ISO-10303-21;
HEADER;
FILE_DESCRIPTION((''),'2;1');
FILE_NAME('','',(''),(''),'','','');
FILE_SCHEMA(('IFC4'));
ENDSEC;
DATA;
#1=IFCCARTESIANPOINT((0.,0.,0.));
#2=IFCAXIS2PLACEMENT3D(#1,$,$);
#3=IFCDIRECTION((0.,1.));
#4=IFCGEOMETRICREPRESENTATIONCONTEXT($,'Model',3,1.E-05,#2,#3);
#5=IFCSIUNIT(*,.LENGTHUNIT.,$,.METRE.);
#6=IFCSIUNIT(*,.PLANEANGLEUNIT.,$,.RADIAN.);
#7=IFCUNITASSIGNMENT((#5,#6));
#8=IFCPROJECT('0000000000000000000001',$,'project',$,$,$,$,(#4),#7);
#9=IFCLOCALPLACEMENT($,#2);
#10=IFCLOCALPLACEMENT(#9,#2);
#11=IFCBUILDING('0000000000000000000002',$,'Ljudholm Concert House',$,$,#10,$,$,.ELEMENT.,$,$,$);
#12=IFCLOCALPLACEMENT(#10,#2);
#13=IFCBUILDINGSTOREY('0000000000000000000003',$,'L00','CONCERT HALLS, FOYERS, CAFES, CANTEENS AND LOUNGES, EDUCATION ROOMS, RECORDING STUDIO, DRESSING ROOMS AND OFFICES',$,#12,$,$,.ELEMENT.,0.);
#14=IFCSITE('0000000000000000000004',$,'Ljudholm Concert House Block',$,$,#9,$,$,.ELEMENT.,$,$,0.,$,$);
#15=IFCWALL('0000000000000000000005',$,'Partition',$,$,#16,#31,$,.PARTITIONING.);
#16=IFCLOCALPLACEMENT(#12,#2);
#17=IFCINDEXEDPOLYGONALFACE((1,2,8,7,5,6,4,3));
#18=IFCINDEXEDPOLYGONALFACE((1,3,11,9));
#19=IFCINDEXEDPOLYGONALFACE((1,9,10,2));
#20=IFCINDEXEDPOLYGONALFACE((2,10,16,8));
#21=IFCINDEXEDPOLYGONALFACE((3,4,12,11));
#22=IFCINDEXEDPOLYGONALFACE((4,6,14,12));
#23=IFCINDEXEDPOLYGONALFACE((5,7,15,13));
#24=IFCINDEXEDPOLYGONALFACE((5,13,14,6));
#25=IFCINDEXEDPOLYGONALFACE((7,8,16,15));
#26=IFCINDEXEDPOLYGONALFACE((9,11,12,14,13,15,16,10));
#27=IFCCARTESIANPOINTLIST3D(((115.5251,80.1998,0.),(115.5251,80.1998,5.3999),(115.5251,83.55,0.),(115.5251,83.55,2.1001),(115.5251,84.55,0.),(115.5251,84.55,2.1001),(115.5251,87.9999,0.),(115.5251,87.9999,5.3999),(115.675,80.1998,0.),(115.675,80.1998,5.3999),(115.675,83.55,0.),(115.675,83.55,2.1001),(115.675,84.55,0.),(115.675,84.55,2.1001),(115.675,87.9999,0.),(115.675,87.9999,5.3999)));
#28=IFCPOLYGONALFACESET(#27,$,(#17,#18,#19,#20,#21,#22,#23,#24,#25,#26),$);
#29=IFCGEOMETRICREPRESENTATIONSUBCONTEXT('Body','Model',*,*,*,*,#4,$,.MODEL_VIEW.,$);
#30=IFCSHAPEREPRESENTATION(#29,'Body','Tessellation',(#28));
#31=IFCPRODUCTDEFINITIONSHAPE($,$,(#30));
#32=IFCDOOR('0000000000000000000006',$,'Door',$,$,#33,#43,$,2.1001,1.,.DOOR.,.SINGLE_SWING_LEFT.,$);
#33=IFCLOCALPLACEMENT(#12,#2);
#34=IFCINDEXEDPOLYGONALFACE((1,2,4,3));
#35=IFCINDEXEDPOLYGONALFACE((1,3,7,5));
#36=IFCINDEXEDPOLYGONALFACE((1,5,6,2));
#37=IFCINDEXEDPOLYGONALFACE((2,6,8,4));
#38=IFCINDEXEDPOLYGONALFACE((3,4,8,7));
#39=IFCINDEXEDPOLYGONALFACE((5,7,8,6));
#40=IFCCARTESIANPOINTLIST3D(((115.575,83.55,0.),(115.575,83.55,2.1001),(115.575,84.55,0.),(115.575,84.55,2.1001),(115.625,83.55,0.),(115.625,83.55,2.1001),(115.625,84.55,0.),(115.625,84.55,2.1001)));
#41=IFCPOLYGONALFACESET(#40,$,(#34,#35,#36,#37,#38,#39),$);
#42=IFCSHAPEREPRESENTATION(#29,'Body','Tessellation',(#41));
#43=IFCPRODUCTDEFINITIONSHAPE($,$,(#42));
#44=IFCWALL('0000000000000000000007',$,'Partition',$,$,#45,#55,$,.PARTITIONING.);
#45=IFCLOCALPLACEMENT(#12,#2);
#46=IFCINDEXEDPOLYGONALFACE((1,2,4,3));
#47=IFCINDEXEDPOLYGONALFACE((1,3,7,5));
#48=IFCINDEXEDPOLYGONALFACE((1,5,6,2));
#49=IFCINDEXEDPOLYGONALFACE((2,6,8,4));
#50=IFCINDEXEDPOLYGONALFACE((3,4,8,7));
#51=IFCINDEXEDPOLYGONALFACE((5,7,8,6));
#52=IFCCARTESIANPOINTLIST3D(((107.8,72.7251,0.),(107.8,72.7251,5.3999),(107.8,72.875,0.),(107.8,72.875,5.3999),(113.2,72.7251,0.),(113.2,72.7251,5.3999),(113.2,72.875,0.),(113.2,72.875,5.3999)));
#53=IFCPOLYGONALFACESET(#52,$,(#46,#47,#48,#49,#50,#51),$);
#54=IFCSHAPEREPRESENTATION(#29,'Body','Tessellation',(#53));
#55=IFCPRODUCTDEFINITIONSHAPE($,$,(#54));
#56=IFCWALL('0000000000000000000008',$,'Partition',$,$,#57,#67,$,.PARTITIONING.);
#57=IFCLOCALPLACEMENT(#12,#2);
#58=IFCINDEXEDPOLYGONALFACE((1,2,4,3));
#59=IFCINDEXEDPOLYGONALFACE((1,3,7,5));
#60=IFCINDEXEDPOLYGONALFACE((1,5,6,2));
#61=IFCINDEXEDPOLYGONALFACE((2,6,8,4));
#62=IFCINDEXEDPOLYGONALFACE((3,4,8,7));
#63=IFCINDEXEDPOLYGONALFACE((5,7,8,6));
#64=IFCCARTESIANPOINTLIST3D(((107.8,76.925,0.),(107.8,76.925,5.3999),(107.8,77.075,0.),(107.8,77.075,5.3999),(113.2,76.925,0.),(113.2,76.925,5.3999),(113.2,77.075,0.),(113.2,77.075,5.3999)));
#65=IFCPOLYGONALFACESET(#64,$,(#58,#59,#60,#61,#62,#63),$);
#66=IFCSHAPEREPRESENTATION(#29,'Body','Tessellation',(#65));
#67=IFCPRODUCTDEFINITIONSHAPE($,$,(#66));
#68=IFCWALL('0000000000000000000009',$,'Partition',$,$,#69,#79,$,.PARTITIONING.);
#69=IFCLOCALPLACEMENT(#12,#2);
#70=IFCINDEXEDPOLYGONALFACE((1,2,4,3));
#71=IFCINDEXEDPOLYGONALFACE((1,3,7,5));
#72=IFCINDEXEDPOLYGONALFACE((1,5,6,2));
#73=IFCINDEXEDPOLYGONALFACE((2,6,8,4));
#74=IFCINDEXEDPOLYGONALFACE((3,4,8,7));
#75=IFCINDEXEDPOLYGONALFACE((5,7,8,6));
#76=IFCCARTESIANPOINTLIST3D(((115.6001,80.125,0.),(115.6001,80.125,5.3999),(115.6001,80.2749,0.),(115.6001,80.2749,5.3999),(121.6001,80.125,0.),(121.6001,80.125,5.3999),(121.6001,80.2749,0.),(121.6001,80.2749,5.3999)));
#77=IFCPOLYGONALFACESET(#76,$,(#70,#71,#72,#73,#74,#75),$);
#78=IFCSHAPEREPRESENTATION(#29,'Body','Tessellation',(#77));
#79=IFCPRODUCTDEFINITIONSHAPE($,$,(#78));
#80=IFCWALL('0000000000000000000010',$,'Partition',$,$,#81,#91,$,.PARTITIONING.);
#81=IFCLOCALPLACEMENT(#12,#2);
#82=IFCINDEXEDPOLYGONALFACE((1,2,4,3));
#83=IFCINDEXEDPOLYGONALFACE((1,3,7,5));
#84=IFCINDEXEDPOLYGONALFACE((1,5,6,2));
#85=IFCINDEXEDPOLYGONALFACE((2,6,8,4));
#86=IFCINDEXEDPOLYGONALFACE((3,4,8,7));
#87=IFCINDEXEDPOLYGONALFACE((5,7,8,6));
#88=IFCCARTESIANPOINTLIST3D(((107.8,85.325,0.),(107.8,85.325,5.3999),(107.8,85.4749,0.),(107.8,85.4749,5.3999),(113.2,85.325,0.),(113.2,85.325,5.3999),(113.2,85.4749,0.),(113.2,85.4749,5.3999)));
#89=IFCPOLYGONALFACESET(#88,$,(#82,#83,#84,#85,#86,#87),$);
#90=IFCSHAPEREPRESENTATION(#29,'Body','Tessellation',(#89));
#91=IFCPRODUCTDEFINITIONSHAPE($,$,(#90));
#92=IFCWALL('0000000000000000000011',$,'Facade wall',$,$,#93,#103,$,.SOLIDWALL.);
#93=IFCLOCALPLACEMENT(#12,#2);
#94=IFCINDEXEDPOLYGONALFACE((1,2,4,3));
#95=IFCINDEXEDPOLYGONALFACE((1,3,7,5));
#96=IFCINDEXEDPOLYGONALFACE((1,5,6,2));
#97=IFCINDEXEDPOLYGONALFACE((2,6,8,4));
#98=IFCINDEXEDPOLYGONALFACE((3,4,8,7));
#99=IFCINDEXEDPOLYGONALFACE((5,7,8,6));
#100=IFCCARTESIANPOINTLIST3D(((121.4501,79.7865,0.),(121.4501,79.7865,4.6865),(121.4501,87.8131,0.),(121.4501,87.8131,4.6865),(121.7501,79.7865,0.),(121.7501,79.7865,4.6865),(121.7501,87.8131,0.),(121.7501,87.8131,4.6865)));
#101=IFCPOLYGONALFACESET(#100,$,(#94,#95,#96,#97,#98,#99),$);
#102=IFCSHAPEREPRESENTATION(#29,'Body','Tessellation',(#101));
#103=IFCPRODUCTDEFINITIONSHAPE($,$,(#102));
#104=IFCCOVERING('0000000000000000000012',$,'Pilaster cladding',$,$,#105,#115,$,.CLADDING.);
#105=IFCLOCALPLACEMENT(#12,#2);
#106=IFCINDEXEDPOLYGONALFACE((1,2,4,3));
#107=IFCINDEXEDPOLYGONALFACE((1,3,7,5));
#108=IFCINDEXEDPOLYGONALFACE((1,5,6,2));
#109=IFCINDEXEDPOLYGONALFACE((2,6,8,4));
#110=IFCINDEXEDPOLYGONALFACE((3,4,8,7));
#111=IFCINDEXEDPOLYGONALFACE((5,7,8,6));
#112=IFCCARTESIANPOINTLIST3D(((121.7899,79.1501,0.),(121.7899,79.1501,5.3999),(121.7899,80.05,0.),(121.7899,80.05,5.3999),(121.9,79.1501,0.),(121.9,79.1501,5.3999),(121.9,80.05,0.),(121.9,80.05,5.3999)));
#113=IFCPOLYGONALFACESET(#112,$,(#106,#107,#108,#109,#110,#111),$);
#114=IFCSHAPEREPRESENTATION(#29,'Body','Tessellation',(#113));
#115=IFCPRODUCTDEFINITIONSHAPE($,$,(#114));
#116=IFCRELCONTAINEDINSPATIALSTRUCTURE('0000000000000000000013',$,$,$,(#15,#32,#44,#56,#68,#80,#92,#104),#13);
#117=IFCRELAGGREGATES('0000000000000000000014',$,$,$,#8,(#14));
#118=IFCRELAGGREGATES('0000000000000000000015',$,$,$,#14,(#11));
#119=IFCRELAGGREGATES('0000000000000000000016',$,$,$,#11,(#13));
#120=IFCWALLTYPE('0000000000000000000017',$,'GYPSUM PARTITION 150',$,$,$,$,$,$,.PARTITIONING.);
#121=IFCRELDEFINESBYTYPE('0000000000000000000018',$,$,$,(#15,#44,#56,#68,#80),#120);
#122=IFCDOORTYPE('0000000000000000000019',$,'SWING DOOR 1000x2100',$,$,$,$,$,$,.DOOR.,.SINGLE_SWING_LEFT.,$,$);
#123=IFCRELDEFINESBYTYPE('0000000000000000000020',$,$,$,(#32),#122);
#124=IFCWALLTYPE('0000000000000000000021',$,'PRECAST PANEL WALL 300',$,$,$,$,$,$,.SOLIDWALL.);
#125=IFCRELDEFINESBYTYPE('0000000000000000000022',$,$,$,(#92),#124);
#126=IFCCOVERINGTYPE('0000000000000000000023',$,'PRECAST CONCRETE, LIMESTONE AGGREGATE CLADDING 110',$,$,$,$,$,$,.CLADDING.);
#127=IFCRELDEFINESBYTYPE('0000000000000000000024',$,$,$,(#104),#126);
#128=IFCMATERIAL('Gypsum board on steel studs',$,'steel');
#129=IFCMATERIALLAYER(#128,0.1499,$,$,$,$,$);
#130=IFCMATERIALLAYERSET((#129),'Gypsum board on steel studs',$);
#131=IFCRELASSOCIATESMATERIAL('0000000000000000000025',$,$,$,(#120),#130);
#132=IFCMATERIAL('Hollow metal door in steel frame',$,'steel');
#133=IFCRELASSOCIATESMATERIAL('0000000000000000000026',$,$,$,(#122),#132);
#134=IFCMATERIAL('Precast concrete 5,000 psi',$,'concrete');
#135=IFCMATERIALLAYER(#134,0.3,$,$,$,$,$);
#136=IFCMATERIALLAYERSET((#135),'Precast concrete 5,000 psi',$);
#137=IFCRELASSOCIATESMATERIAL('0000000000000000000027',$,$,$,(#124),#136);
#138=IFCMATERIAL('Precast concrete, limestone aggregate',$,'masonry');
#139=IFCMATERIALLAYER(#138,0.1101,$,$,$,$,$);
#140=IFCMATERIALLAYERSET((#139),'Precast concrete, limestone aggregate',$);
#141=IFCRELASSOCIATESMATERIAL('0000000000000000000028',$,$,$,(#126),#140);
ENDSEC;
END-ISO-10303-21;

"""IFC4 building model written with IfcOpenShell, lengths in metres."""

from ifc_helpers import new_model, si_unit, direction, frame, frame_2d, origin, origin_2d, place, context, subcontext, project, spatial, rectangle, extrude, material, layer, layer_set, type_object, element, fill, save


model = new_model("IFC4")

# Units and contexts
model_context = context("Model", 3, precision=1e-05, world=origin(), true_north=direction((0.0, 1.0)))
body_context = subcontext(model_context, "Body", "Model", "MODEL_VIEW")
ifc_project = project(units=[si_unit("LENGTHUNIT", "METRE"), si_unit("PLANEANGLEUNIT", "RADIAN")], contexts=[model_context])

# Site, building, storey
site_placement = place(None, origin())
site = spatial("IfcSite", under=ifc_project, at=site_placement, Name="Ljudholm Concert House Block", CompositionType="ELEMENT", RefElevation=0.0)
building_placement = place(site_placement, origin())
building = spatial("IfcBuilding", under=site, at=building_placement, Name="Ljudholm Concert House", CompositionType="ELEMENT")
storey_placement = place(building_placement, origin())
storey = spatial("IfcBuildingStorey", under=building, at=storey_placement, Name="L00", Description="CONCERT HALLS, FOYERS, CAFES, CANTEENS AND LOUNGES, EDUCATION ROOMS, RECORDING STUDIO, DRESSING ROOMS AND OFFICES", CompositionType="ELEMENT", Elevation=0.0)

# Shared definitions
ifc_material_1 = material(Name="Gypsum board on steel studs", Category="steel")
ifc_layer_1 = layer(ifc_material_1, 0.1499)
ifc_layer_set_1 = layer_set([ifc_layer_1], Name="Gypsum board on steel studs")
wall_type_1 = type_object("IfcWallType", Name="GYPSUM PARTITION 150", PredefinedType="PARTITIONING", material=ifc_layer_set_1)

# Wall, opening, door
ifc_material_2 = material(Name="Hollow metal door in steel frame", Category="steel")
door_type_1 = type_object("IfcDoorType", Name="SWING DOOR 1000x2100", OperationType="SINGLE_SWING_LEFT", PredefinedType="DOOR", material=ifc_material_2)
wall_1_placement = place(storey_placement, frame((115.6001, 80.2, 0.0), z_axis=(0.0, 0.0, 1.0), x_axis=(0.0, 1.0, 0.0)))
wall_1 = element("IfcWall", 1, at=wall_1_placement, inside=storey, type_object=wall_type_1, Name="Partition", PredefinedType="PARTITIONING", context=body_context, shape_type="SweptSolid", body=[
    extrude(rectangle(XDim=7.8, YDim=0.1499, at=frame_2d((3.8999, 0.0))), origin(), (0.0, 0.0, 1.0), 5.3999),
])
opening_1_placement = place(wall_1_placement, frame((3.3501, 0.0, 0.0)))
opening_1 = element("IfcOpeningElement", 2, at=opening_1_placement, cuts=wall_1, PredefinedType="OPENING", context=body_context, shape_type="SweptSolid", body=[
    extrude(rectangle(XDim=1.0, YDim=2.1001, at=frame_2d((0.5, 1.05))), frame((0.0, 0.085, 0.0), z_axis=(0.0, -1.0, 0.0), x_axis=(1.0, 0.0, 0.0)), (0.0, 0.0, 1.0), 0.1699),
])
door_1_placement = place(opening_1_placement, frame((1.0, 0.0, 0.0), z_axis=(0.0, 0.0, 1.0), x_axis=(-1.0, 0.0, 0.0)))
door_1 = element("IfcDoor", 3, at=door_1_placement, inside=storey, type_object=door_type_1, Name="Door", OperationType="SINGLE_SWING_LEFT", OverallHeight=2.1001, OverallWidth=1.0, PredefinedType="DOOR", context=body_context, shape_type="SweptSolid", body=[
    extrude(rectangle(XDim=1.0, YDim=2.1001, at=frame_2d((0.5, 1.05))), frame((0.0, 0.0249, 0.0), z_axis=(0.0, -1.0, 0.0), x_axis=(1.0, 0.0, 0.0)), (0.0, 0.0, 1.0), 0.05),
])
fill(opening_1, door_1)

# Walls
for number, where, z_axis, x_axis, name in (
    (4, (107.8, 72.8, 0.0), (0.0, 0.0, 1.0), (1.0, 0.0, 0.0), "Partition"),
    (5, (107.8, 77.0, 0.0), (0.0, 0.0, 1.0), (1.0, 0.0, 0.0), "Partition"),
):
    element("IfcWall", number, at=place(storey_placement, frame(where, z_axis=z_axis, x_axis=x_axis)), inside=storey, type_object=wall_type_1, Name=name, PredefinedType="PARTITIONING", context=body_context, shape_type="SweptSolid", body=[
        extrude(rectangle(XDim=5.3999, YDim=0.1499, at=frame_2d((2.7, 0.0))), origin(), (0.0, 0.0, 1.0), 5.3999),
    ])
wall_2_placement = place(storey_placement, frame((115.6001, 80.2, 0.0), z_axis=(0.0, 0.0, 1.0), x_axis=(1.0, 0.0, 0.0)))
element("IfcWall", 6, at=wall_2_placement, inside=storey, type_object=wall_type_1, Name="Partition", PredefinedType="PARTITIONING", context=body_context, shape_type="SweptSolid", body=[
    extrude(rectangle(XDim=6.0, YDim=0.1499, at=frame_2d((3.0, 0.0))), origin(), (0.0, 0.0, 1.0), 5.3999),
])
wall_3_placement = place(storey_placement, frame((107.8, 85.3999, 0.0), z_axis=(0.0, 0.0, 1.0), x_axis=(1.0, 0.0, 0.0)))
element("IfcWall", 7, at=wall_3_placement, inside=storey, type_object=wall_type_1, Name="Partition", PredefinedType="PARTITIONING", context=body_context, shape_type="SweptSolid", body=[
    extrude(rectangle(XDim=5.3999, YDim=0.1499, at=frame_2d((2.7, 0.0))), origin(), (0.0, 0.0, 1.0), 5.3999),
])
ifc_material_3 = material(Name="Precast concrete 5,000 psi", Category="concrete")
ifc_layer_2 = layer(ifc_material_3, 0.3)
ifc_layer_set_2 = layer_set([ifc_layer_2], Name="Precast concrete 5,000 psi")
wall_type_2 = type_object("IfcWallType", Name="PRECAST PANEL WALL 300", PredefinedType="SOLIDWALL", material=ifc_layer_set_2)
wall_4_placement = place(storey_placement, frame((121.6001, 79.7866, 0.0), z_axis=(0.0, 0.0, 1.0), x_axis=(0.0, 1.0, 0.0)))
element("IfcWall", 8, at=wall_4_placement, inside=storey, type_object=wall_type_2, Name="Facade wall", PredefinedType="SOLIDWALL", context=body_context, shape_type="SweptSolid", body=[
    extrude(rectangle(XDim=8.0266, YDim=0.3, at=frame_2d((4.0132, 0.0))), origin(), (0.0, 0.0, 1.0), 4.6865),
])

# Covering
ifc_material_4 = material(Name="Precast concrete, limestone aggregate", Category="masonry")
ifc_layer_3 = layer(ifc_material_4, 0.1101)
ifc_layer_set_3 = layer_set([ifc_layer_3], Name="Precast concrete, limestone aggregate")
covering_type = type_object("IfcCoveringType", Name="PRECAST CONCRETE, LIMESTONE AGGREGATE CLADDING 110", PredefinedType="CLADDING", material=ifc_layer_set_3)
covering_placement = place(storey_placement, frame((121.845, 79.6001, 0.0), z_axis=(0.0, 0.0, 1.0), x_axis=(1.0, 0.0, 0.0)))
element("IfcCovering", 9, at=covering_placement, inside=storey, type_object=covering_type, Name="Pilaster cladding", PredefinedType="CLADDING", context=body_context, shape_type="SweptSolid", body=[
    extrude(rectangle(XDim=0.1101, YDim=0.8999, at=origin_2d()), origin(), (0.0, 0.0, 1.0), 5.3999),
])

save(model, "model.ifc")
